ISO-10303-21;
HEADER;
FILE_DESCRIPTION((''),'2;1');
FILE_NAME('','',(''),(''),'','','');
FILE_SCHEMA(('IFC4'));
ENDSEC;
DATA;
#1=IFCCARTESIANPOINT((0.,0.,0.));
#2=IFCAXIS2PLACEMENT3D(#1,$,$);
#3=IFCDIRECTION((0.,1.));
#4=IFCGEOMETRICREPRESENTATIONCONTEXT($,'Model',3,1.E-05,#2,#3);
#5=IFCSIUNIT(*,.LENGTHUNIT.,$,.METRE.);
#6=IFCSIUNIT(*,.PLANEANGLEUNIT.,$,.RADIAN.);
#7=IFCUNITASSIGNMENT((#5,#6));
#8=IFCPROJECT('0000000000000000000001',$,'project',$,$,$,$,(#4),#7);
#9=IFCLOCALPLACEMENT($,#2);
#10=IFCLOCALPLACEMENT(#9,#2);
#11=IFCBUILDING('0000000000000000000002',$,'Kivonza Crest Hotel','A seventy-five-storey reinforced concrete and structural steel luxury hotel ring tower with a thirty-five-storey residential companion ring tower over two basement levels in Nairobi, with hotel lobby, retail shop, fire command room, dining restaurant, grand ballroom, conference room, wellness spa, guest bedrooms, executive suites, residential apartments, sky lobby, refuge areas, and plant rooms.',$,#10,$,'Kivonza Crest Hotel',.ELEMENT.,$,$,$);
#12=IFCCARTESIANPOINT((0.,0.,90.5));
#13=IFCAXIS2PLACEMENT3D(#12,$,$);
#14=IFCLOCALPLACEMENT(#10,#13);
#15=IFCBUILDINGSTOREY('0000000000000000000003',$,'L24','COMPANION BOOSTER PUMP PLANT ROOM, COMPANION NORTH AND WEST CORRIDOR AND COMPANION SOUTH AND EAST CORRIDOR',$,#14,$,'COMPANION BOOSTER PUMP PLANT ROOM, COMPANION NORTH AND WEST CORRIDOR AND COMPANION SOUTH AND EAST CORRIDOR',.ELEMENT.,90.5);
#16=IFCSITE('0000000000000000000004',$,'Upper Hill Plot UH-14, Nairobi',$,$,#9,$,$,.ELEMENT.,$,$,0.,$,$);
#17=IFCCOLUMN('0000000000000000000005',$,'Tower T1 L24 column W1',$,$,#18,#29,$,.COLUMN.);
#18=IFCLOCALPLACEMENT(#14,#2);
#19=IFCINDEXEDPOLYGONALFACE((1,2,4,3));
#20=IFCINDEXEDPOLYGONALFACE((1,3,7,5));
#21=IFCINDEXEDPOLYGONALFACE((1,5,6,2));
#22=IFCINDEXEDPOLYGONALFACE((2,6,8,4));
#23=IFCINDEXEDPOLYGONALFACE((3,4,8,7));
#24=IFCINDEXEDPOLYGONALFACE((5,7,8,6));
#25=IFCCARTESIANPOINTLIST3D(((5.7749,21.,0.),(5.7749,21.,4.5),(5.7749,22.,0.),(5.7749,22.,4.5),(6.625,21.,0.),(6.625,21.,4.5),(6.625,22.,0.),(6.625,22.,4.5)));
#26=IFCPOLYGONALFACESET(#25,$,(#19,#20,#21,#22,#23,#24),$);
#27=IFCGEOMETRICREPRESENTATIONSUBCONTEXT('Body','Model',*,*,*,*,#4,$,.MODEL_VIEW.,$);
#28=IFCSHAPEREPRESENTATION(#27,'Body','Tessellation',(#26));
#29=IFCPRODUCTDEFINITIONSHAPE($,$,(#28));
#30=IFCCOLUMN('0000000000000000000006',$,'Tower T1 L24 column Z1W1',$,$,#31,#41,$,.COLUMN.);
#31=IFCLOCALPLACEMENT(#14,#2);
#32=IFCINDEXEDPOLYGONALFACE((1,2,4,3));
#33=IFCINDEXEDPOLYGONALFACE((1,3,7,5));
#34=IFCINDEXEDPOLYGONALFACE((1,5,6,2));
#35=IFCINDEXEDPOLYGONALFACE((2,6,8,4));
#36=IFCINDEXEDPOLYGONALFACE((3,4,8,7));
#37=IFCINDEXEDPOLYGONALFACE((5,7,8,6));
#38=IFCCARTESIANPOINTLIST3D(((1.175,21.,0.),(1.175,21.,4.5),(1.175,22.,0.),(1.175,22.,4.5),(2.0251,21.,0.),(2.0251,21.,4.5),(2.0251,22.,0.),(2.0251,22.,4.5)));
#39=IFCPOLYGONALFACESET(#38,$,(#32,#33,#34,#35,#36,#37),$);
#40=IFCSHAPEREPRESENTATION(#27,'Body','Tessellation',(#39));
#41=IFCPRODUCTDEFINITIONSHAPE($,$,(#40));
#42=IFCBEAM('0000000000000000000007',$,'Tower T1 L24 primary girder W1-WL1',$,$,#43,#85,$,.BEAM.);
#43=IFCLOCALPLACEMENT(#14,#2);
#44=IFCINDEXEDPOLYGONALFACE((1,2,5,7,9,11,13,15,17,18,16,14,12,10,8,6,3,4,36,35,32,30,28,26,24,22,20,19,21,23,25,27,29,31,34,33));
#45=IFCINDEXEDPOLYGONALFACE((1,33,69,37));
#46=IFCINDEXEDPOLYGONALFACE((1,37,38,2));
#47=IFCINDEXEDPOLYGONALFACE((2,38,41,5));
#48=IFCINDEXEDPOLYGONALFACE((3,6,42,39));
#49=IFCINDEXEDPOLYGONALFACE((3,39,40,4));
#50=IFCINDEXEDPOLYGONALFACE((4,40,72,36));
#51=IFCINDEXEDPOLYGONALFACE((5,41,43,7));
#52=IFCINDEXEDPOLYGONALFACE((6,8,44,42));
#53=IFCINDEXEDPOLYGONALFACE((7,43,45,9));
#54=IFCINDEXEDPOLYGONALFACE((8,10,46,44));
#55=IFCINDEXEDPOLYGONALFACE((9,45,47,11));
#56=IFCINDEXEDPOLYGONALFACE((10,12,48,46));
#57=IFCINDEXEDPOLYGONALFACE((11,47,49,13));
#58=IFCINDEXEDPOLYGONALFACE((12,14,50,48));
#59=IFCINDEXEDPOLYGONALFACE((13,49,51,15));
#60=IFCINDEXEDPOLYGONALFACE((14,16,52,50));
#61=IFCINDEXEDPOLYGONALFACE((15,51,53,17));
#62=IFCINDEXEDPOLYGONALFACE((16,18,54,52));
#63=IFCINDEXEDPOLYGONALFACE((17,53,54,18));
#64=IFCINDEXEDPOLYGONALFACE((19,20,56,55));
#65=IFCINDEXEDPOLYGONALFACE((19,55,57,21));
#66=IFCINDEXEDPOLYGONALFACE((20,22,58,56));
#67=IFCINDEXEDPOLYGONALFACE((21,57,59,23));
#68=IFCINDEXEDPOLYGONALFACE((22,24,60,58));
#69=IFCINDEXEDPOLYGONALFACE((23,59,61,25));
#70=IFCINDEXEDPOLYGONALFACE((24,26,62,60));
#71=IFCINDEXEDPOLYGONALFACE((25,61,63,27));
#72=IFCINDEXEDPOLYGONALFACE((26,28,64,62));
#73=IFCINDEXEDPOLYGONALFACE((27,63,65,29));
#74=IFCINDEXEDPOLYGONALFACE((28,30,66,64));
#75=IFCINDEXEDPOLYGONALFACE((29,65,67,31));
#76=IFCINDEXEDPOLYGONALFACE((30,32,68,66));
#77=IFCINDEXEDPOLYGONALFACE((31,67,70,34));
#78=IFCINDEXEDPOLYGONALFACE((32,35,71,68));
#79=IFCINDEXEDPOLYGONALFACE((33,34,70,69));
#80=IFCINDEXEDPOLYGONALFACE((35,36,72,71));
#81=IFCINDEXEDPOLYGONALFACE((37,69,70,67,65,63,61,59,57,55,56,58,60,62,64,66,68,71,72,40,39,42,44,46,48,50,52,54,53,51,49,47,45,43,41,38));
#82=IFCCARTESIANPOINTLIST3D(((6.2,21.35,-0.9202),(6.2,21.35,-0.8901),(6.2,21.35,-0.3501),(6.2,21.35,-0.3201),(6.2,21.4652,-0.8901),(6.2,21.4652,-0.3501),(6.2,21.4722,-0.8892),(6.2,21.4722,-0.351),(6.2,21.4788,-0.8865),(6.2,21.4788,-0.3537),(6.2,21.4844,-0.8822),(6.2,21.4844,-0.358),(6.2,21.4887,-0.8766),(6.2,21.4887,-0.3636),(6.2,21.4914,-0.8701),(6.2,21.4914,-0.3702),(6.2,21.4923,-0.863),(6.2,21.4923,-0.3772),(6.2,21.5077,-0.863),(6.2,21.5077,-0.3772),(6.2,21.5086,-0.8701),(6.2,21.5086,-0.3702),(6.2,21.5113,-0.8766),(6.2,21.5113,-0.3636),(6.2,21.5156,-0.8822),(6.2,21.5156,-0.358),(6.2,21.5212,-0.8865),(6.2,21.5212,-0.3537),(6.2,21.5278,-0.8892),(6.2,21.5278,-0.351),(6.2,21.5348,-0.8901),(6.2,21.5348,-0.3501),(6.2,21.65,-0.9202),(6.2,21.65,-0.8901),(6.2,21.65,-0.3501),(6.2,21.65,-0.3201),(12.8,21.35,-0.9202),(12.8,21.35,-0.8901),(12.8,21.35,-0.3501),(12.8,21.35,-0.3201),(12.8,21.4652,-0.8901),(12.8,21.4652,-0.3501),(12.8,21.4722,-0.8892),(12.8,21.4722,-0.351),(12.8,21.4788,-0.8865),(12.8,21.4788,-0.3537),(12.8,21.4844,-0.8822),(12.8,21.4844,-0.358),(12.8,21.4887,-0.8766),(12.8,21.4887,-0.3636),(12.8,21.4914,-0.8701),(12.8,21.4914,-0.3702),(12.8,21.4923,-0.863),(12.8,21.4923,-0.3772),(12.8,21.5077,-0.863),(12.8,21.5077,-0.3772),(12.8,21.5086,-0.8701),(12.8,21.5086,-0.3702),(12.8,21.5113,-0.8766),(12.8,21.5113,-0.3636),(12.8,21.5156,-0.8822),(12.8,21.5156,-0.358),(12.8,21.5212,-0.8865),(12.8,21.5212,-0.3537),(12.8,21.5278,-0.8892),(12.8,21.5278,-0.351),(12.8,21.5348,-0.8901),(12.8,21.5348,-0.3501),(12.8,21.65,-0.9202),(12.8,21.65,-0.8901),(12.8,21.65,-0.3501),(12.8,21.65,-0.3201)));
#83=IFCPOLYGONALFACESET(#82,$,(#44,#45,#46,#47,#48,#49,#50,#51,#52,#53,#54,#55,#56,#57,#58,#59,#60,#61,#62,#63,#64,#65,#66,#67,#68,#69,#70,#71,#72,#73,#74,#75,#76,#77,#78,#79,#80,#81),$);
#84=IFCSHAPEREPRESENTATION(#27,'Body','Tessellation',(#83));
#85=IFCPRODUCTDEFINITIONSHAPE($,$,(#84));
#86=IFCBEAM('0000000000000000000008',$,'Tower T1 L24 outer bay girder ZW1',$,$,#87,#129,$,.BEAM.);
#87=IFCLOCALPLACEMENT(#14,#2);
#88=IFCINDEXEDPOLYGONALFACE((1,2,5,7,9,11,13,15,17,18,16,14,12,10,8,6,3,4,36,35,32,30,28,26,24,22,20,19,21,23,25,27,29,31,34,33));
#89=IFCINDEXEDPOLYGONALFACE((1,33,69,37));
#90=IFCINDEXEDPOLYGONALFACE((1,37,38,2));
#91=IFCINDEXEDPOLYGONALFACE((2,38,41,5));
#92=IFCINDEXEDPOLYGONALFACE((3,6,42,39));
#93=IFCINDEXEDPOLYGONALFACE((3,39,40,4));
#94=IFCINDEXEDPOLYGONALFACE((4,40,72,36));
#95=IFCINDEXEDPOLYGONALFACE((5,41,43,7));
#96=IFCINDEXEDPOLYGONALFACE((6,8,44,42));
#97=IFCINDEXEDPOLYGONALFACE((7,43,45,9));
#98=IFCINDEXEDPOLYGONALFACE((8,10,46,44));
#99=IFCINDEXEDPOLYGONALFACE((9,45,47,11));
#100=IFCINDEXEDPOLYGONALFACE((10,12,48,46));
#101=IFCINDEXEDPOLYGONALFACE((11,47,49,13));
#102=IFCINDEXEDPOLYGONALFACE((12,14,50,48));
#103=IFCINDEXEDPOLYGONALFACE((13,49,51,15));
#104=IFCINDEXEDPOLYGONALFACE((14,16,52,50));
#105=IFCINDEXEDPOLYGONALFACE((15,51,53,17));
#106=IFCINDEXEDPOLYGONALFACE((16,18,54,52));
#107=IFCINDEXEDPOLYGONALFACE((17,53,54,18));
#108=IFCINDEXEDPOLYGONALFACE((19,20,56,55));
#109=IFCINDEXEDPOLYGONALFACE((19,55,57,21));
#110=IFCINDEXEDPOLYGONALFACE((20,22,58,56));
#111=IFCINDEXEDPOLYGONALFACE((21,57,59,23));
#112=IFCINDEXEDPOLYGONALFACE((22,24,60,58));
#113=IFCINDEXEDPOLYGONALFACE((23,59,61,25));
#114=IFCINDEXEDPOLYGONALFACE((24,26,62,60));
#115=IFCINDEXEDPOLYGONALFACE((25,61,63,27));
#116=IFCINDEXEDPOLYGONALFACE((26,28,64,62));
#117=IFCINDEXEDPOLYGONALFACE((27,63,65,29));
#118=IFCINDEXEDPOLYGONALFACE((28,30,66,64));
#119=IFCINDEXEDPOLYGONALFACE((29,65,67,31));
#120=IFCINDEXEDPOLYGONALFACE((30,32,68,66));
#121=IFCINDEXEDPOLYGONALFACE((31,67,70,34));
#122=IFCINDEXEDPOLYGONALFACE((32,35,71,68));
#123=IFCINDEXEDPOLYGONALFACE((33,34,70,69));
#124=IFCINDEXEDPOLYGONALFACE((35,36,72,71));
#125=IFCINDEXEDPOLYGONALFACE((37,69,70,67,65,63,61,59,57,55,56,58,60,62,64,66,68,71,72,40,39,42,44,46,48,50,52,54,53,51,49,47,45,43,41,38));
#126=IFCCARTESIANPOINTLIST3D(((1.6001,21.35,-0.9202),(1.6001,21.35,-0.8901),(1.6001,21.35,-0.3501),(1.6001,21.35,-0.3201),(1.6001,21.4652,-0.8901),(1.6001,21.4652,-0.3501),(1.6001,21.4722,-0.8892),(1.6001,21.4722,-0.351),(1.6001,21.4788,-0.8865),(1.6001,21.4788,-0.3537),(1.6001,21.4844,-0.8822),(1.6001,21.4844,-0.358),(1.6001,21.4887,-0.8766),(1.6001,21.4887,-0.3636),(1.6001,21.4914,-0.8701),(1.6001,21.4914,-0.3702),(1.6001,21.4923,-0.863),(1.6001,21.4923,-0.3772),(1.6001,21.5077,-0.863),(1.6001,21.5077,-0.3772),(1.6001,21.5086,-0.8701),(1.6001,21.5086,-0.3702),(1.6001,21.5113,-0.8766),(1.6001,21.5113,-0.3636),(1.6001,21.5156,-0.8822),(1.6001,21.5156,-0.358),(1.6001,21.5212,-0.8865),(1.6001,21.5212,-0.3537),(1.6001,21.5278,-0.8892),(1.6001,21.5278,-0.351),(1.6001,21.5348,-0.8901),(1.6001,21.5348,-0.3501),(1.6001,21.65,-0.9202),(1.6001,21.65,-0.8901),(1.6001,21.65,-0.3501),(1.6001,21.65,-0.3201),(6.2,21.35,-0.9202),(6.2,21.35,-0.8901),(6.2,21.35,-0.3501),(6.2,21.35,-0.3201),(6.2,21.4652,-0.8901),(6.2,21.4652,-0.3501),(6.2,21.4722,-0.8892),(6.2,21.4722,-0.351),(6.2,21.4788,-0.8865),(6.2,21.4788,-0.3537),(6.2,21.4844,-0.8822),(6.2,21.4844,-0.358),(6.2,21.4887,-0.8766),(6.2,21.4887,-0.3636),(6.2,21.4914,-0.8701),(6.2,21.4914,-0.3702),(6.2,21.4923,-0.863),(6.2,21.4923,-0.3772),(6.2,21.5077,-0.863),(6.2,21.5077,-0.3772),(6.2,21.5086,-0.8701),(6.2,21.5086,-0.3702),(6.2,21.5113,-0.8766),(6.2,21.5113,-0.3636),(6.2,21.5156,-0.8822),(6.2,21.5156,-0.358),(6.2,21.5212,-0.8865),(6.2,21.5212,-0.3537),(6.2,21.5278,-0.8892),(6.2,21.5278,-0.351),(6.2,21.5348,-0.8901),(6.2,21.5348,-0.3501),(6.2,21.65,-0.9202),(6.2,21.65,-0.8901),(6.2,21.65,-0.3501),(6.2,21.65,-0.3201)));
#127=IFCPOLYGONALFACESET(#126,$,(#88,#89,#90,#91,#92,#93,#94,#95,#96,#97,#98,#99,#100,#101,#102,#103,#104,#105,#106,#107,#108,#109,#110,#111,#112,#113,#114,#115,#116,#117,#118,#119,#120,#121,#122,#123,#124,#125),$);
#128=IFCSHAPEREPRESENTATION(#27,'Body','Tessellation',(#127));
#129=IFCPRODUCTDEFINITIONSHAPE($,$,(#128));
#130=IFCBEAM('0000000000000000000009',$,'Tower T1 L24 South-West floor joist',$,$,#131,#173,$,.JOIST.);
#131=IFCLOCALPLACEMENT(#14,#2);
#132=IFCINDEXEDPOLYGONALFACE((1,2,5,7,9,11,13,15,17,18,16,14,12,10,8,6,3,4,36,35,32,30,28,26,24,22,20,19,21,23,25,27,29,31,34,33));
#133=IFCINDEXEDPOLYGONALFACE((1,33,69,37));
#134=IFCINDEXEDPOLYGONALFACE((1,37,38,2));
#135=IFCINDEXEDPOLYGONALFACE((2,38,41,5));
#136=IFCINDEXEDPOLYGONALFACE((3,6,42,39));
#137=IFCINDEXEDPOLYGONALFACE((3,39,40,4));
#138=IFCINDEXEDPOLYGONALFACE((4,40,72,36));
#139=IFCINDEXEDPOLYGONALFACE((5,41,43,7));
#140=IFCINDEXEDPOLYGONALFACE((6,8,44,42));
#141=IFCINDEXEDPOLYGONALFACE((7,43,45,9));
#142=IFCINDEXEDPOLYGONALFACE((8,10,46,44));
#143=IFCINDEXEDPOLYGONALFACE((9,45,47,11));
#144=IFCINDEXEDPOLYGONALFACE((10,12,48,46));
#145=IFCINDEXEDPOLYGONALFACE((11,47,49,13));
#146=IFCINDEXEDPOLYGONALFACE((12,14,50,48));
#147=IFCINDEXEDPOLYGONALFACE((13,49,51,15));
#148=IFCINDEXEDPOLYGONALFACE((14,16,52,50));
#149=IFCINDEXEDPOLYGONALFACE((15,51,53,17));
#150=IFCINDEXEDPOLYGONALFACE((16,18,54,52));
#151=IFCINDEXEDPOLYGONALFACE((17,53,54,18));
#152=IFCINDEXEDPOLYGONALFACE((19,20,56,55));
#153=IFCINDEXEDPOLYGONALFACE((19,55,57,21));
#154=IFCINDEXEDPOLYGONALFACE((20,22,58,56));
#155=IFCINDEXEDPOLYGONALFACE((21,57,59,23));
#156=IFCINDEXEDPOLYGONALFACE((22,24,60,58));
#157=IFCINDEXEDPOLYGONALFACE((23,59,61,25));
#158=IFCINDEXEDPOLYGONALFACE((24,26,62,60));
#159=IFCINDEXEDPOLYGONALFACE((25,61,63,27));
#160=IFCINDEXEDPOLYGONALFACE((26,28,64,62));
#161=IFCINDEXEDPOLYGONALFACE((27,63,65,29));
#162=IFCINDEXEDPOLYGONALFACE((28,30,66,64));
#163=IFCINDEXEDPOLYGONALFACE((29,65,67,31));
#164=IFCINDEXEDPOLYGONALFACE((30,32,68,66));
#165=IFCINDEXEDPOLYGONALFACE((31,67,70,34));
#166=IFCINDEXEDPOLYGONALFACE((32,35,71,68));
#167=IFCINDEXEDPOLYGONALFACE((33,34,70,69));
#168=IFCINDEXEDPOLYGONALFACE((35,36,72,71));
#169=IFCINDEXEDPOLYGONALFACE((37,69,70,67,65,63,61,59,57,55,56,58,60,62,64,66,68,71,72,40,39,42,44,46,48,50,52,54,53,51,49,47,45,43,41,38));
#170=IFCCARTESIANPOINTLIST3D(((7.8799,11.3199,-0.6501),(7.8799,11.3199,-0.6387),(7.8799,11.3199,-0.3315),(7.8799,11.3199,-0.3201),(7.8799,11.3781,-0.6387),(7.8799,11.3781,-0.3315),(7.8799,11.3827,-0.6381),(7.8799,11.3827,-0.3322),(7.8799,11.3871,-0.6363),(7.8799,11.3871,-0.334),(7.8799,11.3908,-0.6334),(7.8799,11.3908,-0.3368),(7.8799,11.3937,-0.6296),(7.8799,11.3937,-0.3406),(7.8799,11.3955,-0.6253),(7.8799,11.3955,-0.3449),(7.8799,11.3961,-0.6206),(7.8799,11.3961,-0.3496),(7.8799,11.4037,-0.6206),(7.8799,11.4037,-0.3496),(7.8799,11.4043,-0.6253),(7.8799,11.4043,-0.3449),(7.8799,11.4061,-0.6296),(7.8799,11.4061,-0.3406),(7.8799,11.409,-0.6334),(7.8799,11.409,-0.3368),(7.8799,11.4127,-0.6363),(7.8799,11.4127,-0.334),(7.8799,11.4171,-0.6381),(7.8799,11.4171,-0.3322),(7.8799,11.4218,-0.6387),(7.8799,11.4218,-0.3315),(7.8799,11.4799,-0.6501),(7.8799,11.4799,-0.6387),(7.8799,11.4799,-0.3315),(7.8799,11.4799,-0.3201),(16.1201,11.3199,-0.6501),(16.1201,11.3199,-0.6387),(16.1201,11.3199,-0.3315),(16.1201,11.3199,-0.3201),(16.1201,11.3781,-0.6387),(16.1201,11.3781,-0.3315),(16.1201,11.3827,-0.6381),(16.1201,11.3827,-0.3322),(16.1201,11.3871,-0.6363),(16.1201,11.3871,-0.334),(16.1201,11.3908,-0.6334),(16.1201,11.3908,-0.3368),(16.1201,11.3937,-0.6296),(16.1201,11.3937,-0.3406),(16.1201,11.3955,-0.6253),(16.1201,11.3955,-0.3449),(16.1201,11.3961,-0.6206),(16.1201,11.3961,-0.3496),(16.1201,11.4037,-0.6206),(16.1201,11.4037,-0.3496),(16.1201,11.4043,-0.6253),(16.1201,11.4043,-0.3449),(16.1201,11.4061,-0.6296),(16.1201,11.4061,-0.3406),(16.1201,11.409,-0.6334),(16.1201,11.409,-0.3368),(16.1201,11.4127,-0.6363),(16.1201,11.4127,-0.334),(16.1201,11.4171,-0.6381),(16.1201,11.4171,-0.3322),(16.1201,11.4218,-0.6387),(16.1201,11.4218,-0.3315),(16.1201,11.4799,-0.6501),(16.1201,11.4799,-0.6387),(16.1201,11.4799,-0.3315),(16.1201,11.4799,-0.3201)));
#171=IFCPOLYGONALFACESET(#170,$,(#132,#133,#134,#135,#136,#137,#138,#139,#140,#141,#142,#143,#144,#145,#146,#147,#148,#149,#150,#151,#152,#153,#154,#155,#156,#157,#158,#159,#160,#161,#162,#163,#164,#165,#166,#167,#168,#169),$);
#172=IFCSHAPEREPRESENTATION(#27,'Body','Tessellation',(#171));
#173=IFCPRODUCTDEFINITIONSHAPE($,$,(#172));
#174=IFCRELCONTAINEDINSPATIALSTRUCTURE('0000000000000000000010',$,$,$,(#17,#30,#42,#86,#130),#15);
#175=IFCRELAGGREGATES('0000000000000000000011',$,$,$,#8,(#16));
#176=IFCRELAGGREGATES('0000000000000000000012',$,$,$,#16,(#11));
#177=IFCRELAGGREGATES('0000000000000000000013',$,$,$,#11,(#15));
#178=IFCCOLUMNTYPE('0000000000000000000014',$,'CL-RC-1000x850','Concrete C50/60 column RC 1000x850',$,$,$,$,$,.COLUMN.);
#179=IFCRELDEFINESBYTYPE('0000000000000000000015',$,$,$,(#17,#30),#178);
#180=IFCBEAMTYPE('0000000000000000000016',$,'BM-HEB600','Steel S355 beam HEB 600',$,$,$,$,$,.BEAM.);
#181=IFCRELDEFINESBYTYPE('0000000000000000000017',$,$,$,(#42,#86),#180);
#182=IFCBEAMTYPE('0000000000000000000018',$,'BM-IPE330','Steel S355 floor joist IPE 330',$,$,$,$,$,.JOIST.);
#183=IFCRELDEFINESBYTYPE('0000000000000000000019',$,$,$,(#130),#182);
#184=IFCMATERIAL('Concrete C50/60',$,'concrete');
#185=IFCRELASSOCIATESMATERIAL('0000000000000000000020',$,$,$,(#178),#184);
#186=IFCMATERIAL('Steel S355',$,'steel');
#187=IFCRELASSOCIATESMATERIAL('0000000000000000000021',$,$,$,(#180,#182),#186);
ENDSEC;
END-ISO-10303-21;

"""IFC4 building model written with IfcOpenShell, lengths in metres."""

from ifc_helpers import new_model, si_unit, direction, frame, origin, origin_2d, place, context, subcontext, project, spatial, rectangle, i_section, extrude, material, material_profile, profile_set, type_object, element, save


model = new_model("IFC4")

# Units and contexts
model_context = context("Model", 3, precision=1e-05, world=origin(), true_north=direction((0.0, 1.0)))
body_context = subcontext(model_context, "Body", "Model", "MODEL_VIEW")
ifc_project = project(units=[si_unit("LENGTHUNIT", "METRE"), si_unit("PLANEANGLEUNIT", "RADIAN")], contexts=[model_context])

# Site, building, storey
site_placement = place(None, origin())
site = spatial("IfcSite", under=ifc_project, at=site_placement, Name="Upper Hill Plot UH-14, Nairobi", CompositionType="ELEMENT", RefElevation=0.0)
building_placement = place(site_placement, origin())
building = spatial("IfcBuilding", under=site, at=building_placement, Name="Kivonza Crest Hotel", Description="A seventy-five-storey reinforced concrete and structural steel luxury hotel ring tower with a thirty-five-storey residential companion ring tower over two basement levels in Nairobi, with hotel lobby, retail shop, fire command room, dining restaurant, grand ballroom, conference room, wellness spa, guest bedrooms, executive suites, residential apartments, sky lobby, refuge areas, and plant rooms.", LongName="Kivonza Crest Hotel", CompositionType="ELEMENT")
storey_placement = place(building_placement, frame((0.0, 0.0, 90.5)))
storey = spatial("IfcBuildingStorey", under=building, at=storey_placement, Name="L24", Description="COMPANION BOOSTER PUMP PLANT ROOM, COMPANION NORTH AND WEST CORRIDOR AND COMPANION SOUTH AND EAST CORRIDOR", LongName="COMPANION BOOSTER PUMP PLANT ROOM, COMPANION NORTH AND WEST CORRIDOR AND COMPANION SOUTH AND EAST CORRIDOR", CompositionType="ELEMENT", Elevation=90.5)

# Columns
ifc_material_1 = material(Name="Concrete C50/60", Category="concrete")
ifc_material_profile_1 = material_profile(ifc_material_1, rectangle(XDim=0.8501, YDim=1.0, at=origin_2d()), Name="RC 1000x850")
ifc_profile_set_1 = profile_set([ifc_material_profile_1], Name="Concrete C50/60")
column_type = type_object("IfcColumnType", Name="CL-RC-1000x850", Description="Concrete C50/60 column RC 1000x850", PredefinedType="COLUMN", material=ifc_profile_set_1)
for number, where, z_axis, x_axis, name in (
    (1, (6.2, 21.5, 0.0), (0.0, 0.0, 1.0), (1.0, 0.0, 0.0), "Tower T1 L24 column W1"),
    (2, (1.6001, 21.5, 0.0), (0.0, 0.0, 1.0), (1.0, 0.0, 0.0), "Tower T1 L24 column Z1W1"),
):
    element("IfcColumn", number, at=place(storey_placement, frame(where, z_axis=z_axis, x_axis=x_axis)), inside=storey, type_object=column_type, Name=name, PredefinedType="COLUMN", context=body_context, shape_type="SweptSolid", body=[
        extrude(rectangle(XDim=0.8501, YDim=1.0, at=origin_2d()), origin(), (0.0, 0.0, 1.0), 4.5),
    ])

# Beams
ifc_material_2 = material(Name="Steel S355", Category="steel")
ifc_material_profile_2 = material_profile(ifc_material_2, i_section(OverallWidth=0.3, OverallDepth=0.6001, WebThickness=0.0154, FlangeThickness=0.03, FilletRadius=0.0271, at=origin_2d()), Name="HEB 600")
ifc_profile_set_2 = profile_set([ifc_material_profile_2], Name="Steel S355")
beam_type_1 = type_object("IfcBeamType", Name="BM-HEB600", Description="Steel S355 beam HEB 600", PredefinedType="BEAM", material=ifc_profile_set_2)
beam_1_placement = place(storey_placement, frame((6.2, 21.5, -0.6201), z_axis=(1.0, 0.0, 0.0), x_axis=(0.0, 1.0, 0.0)))
element("IfcBeam", 3, at=beam_1_placement, inside=storey, type_object=beam_type_1, Name="Tower T1 L24 primary girder W1-WL1", PredefinedType="BEAM", context=body_context, shape_type="SweptSolid", body=[
    extrude(i_section(OverallWidth=0.3, OverallDepth=0.6001, WebThickness=0.0154, FlangeThickness=0.03, FilletRadius=0.0271, at=origin_2d()), origin(), (0.0, 0.0, 1.0), 6.6001),
])
beam_2_placement = place(storey_placement, frame((1.6001, 21.5, -0.6201), z_axis=(1.0, 0.0, 0.0), x_axis=(0.0, 1.0, 0.0)))
element("IfcBeam", 4, at=beam_2_placement, inside=storey, type_object=beam_type_1, Name="Tower T1 L24 outer bay girder ZW1", PredefinedType="BEAM", context=body_context, shape_type="SweptSolid", body=[
    extrude(i_section(OverallWidth=0.3, OverallDepth=0.6001, WebThickness=0.0154, FlangeThickness=0.03, FilletRadius=0.0271, at=origin_2d()), origin(), (0.0, 0.0, 1.0), 4.5999),
])
ifc_material_profile_3 = material_profile(ifc_material_2, i_section(OverallWidth=0.1599, OverallDepth=0.3301, WebThickness=0.0076, FlangeThickness=0.0115, FilletRadius=0.0181, at=origin_2d()), Name="IPE 330")
ifc_profile_set_3 = profile_set([ifc_material_profile_3], Name="Steel S355")
beam_type_2 = type_object("IfcBeamType", Name="BM-IPE330", Description="Steel S355 floor joist IPE 330", PredefinedType="JOIST", material=ifc_profile_set_3)
beam_3_placement = place(storey_placement, frame((7.8799, 11.3999, -0.4851), z_axis=(1.0, 0.0, 0.0), x_axis=(0.0, 1.0, 0.0)))
element("IfcBeam", 5, at=beam_3_placement, inside=storey, type_object=beam_type_2, Name="Tower T1 L24 South-West floor joist", PredefinedType="JOIST", context=body_context, shape_type="SweptSolid", body=[
    extrude(i_section(OverallWidth=0.1599, OverallDepth=0.3301, WebThickness=0.0076, FlangeThickness=0.0115, FilletRadius=0.0181, at=origin_2d()), origin(), (0.0, 0.0, 1.0), 8.2402),
])

save(model, "model.ifc")
